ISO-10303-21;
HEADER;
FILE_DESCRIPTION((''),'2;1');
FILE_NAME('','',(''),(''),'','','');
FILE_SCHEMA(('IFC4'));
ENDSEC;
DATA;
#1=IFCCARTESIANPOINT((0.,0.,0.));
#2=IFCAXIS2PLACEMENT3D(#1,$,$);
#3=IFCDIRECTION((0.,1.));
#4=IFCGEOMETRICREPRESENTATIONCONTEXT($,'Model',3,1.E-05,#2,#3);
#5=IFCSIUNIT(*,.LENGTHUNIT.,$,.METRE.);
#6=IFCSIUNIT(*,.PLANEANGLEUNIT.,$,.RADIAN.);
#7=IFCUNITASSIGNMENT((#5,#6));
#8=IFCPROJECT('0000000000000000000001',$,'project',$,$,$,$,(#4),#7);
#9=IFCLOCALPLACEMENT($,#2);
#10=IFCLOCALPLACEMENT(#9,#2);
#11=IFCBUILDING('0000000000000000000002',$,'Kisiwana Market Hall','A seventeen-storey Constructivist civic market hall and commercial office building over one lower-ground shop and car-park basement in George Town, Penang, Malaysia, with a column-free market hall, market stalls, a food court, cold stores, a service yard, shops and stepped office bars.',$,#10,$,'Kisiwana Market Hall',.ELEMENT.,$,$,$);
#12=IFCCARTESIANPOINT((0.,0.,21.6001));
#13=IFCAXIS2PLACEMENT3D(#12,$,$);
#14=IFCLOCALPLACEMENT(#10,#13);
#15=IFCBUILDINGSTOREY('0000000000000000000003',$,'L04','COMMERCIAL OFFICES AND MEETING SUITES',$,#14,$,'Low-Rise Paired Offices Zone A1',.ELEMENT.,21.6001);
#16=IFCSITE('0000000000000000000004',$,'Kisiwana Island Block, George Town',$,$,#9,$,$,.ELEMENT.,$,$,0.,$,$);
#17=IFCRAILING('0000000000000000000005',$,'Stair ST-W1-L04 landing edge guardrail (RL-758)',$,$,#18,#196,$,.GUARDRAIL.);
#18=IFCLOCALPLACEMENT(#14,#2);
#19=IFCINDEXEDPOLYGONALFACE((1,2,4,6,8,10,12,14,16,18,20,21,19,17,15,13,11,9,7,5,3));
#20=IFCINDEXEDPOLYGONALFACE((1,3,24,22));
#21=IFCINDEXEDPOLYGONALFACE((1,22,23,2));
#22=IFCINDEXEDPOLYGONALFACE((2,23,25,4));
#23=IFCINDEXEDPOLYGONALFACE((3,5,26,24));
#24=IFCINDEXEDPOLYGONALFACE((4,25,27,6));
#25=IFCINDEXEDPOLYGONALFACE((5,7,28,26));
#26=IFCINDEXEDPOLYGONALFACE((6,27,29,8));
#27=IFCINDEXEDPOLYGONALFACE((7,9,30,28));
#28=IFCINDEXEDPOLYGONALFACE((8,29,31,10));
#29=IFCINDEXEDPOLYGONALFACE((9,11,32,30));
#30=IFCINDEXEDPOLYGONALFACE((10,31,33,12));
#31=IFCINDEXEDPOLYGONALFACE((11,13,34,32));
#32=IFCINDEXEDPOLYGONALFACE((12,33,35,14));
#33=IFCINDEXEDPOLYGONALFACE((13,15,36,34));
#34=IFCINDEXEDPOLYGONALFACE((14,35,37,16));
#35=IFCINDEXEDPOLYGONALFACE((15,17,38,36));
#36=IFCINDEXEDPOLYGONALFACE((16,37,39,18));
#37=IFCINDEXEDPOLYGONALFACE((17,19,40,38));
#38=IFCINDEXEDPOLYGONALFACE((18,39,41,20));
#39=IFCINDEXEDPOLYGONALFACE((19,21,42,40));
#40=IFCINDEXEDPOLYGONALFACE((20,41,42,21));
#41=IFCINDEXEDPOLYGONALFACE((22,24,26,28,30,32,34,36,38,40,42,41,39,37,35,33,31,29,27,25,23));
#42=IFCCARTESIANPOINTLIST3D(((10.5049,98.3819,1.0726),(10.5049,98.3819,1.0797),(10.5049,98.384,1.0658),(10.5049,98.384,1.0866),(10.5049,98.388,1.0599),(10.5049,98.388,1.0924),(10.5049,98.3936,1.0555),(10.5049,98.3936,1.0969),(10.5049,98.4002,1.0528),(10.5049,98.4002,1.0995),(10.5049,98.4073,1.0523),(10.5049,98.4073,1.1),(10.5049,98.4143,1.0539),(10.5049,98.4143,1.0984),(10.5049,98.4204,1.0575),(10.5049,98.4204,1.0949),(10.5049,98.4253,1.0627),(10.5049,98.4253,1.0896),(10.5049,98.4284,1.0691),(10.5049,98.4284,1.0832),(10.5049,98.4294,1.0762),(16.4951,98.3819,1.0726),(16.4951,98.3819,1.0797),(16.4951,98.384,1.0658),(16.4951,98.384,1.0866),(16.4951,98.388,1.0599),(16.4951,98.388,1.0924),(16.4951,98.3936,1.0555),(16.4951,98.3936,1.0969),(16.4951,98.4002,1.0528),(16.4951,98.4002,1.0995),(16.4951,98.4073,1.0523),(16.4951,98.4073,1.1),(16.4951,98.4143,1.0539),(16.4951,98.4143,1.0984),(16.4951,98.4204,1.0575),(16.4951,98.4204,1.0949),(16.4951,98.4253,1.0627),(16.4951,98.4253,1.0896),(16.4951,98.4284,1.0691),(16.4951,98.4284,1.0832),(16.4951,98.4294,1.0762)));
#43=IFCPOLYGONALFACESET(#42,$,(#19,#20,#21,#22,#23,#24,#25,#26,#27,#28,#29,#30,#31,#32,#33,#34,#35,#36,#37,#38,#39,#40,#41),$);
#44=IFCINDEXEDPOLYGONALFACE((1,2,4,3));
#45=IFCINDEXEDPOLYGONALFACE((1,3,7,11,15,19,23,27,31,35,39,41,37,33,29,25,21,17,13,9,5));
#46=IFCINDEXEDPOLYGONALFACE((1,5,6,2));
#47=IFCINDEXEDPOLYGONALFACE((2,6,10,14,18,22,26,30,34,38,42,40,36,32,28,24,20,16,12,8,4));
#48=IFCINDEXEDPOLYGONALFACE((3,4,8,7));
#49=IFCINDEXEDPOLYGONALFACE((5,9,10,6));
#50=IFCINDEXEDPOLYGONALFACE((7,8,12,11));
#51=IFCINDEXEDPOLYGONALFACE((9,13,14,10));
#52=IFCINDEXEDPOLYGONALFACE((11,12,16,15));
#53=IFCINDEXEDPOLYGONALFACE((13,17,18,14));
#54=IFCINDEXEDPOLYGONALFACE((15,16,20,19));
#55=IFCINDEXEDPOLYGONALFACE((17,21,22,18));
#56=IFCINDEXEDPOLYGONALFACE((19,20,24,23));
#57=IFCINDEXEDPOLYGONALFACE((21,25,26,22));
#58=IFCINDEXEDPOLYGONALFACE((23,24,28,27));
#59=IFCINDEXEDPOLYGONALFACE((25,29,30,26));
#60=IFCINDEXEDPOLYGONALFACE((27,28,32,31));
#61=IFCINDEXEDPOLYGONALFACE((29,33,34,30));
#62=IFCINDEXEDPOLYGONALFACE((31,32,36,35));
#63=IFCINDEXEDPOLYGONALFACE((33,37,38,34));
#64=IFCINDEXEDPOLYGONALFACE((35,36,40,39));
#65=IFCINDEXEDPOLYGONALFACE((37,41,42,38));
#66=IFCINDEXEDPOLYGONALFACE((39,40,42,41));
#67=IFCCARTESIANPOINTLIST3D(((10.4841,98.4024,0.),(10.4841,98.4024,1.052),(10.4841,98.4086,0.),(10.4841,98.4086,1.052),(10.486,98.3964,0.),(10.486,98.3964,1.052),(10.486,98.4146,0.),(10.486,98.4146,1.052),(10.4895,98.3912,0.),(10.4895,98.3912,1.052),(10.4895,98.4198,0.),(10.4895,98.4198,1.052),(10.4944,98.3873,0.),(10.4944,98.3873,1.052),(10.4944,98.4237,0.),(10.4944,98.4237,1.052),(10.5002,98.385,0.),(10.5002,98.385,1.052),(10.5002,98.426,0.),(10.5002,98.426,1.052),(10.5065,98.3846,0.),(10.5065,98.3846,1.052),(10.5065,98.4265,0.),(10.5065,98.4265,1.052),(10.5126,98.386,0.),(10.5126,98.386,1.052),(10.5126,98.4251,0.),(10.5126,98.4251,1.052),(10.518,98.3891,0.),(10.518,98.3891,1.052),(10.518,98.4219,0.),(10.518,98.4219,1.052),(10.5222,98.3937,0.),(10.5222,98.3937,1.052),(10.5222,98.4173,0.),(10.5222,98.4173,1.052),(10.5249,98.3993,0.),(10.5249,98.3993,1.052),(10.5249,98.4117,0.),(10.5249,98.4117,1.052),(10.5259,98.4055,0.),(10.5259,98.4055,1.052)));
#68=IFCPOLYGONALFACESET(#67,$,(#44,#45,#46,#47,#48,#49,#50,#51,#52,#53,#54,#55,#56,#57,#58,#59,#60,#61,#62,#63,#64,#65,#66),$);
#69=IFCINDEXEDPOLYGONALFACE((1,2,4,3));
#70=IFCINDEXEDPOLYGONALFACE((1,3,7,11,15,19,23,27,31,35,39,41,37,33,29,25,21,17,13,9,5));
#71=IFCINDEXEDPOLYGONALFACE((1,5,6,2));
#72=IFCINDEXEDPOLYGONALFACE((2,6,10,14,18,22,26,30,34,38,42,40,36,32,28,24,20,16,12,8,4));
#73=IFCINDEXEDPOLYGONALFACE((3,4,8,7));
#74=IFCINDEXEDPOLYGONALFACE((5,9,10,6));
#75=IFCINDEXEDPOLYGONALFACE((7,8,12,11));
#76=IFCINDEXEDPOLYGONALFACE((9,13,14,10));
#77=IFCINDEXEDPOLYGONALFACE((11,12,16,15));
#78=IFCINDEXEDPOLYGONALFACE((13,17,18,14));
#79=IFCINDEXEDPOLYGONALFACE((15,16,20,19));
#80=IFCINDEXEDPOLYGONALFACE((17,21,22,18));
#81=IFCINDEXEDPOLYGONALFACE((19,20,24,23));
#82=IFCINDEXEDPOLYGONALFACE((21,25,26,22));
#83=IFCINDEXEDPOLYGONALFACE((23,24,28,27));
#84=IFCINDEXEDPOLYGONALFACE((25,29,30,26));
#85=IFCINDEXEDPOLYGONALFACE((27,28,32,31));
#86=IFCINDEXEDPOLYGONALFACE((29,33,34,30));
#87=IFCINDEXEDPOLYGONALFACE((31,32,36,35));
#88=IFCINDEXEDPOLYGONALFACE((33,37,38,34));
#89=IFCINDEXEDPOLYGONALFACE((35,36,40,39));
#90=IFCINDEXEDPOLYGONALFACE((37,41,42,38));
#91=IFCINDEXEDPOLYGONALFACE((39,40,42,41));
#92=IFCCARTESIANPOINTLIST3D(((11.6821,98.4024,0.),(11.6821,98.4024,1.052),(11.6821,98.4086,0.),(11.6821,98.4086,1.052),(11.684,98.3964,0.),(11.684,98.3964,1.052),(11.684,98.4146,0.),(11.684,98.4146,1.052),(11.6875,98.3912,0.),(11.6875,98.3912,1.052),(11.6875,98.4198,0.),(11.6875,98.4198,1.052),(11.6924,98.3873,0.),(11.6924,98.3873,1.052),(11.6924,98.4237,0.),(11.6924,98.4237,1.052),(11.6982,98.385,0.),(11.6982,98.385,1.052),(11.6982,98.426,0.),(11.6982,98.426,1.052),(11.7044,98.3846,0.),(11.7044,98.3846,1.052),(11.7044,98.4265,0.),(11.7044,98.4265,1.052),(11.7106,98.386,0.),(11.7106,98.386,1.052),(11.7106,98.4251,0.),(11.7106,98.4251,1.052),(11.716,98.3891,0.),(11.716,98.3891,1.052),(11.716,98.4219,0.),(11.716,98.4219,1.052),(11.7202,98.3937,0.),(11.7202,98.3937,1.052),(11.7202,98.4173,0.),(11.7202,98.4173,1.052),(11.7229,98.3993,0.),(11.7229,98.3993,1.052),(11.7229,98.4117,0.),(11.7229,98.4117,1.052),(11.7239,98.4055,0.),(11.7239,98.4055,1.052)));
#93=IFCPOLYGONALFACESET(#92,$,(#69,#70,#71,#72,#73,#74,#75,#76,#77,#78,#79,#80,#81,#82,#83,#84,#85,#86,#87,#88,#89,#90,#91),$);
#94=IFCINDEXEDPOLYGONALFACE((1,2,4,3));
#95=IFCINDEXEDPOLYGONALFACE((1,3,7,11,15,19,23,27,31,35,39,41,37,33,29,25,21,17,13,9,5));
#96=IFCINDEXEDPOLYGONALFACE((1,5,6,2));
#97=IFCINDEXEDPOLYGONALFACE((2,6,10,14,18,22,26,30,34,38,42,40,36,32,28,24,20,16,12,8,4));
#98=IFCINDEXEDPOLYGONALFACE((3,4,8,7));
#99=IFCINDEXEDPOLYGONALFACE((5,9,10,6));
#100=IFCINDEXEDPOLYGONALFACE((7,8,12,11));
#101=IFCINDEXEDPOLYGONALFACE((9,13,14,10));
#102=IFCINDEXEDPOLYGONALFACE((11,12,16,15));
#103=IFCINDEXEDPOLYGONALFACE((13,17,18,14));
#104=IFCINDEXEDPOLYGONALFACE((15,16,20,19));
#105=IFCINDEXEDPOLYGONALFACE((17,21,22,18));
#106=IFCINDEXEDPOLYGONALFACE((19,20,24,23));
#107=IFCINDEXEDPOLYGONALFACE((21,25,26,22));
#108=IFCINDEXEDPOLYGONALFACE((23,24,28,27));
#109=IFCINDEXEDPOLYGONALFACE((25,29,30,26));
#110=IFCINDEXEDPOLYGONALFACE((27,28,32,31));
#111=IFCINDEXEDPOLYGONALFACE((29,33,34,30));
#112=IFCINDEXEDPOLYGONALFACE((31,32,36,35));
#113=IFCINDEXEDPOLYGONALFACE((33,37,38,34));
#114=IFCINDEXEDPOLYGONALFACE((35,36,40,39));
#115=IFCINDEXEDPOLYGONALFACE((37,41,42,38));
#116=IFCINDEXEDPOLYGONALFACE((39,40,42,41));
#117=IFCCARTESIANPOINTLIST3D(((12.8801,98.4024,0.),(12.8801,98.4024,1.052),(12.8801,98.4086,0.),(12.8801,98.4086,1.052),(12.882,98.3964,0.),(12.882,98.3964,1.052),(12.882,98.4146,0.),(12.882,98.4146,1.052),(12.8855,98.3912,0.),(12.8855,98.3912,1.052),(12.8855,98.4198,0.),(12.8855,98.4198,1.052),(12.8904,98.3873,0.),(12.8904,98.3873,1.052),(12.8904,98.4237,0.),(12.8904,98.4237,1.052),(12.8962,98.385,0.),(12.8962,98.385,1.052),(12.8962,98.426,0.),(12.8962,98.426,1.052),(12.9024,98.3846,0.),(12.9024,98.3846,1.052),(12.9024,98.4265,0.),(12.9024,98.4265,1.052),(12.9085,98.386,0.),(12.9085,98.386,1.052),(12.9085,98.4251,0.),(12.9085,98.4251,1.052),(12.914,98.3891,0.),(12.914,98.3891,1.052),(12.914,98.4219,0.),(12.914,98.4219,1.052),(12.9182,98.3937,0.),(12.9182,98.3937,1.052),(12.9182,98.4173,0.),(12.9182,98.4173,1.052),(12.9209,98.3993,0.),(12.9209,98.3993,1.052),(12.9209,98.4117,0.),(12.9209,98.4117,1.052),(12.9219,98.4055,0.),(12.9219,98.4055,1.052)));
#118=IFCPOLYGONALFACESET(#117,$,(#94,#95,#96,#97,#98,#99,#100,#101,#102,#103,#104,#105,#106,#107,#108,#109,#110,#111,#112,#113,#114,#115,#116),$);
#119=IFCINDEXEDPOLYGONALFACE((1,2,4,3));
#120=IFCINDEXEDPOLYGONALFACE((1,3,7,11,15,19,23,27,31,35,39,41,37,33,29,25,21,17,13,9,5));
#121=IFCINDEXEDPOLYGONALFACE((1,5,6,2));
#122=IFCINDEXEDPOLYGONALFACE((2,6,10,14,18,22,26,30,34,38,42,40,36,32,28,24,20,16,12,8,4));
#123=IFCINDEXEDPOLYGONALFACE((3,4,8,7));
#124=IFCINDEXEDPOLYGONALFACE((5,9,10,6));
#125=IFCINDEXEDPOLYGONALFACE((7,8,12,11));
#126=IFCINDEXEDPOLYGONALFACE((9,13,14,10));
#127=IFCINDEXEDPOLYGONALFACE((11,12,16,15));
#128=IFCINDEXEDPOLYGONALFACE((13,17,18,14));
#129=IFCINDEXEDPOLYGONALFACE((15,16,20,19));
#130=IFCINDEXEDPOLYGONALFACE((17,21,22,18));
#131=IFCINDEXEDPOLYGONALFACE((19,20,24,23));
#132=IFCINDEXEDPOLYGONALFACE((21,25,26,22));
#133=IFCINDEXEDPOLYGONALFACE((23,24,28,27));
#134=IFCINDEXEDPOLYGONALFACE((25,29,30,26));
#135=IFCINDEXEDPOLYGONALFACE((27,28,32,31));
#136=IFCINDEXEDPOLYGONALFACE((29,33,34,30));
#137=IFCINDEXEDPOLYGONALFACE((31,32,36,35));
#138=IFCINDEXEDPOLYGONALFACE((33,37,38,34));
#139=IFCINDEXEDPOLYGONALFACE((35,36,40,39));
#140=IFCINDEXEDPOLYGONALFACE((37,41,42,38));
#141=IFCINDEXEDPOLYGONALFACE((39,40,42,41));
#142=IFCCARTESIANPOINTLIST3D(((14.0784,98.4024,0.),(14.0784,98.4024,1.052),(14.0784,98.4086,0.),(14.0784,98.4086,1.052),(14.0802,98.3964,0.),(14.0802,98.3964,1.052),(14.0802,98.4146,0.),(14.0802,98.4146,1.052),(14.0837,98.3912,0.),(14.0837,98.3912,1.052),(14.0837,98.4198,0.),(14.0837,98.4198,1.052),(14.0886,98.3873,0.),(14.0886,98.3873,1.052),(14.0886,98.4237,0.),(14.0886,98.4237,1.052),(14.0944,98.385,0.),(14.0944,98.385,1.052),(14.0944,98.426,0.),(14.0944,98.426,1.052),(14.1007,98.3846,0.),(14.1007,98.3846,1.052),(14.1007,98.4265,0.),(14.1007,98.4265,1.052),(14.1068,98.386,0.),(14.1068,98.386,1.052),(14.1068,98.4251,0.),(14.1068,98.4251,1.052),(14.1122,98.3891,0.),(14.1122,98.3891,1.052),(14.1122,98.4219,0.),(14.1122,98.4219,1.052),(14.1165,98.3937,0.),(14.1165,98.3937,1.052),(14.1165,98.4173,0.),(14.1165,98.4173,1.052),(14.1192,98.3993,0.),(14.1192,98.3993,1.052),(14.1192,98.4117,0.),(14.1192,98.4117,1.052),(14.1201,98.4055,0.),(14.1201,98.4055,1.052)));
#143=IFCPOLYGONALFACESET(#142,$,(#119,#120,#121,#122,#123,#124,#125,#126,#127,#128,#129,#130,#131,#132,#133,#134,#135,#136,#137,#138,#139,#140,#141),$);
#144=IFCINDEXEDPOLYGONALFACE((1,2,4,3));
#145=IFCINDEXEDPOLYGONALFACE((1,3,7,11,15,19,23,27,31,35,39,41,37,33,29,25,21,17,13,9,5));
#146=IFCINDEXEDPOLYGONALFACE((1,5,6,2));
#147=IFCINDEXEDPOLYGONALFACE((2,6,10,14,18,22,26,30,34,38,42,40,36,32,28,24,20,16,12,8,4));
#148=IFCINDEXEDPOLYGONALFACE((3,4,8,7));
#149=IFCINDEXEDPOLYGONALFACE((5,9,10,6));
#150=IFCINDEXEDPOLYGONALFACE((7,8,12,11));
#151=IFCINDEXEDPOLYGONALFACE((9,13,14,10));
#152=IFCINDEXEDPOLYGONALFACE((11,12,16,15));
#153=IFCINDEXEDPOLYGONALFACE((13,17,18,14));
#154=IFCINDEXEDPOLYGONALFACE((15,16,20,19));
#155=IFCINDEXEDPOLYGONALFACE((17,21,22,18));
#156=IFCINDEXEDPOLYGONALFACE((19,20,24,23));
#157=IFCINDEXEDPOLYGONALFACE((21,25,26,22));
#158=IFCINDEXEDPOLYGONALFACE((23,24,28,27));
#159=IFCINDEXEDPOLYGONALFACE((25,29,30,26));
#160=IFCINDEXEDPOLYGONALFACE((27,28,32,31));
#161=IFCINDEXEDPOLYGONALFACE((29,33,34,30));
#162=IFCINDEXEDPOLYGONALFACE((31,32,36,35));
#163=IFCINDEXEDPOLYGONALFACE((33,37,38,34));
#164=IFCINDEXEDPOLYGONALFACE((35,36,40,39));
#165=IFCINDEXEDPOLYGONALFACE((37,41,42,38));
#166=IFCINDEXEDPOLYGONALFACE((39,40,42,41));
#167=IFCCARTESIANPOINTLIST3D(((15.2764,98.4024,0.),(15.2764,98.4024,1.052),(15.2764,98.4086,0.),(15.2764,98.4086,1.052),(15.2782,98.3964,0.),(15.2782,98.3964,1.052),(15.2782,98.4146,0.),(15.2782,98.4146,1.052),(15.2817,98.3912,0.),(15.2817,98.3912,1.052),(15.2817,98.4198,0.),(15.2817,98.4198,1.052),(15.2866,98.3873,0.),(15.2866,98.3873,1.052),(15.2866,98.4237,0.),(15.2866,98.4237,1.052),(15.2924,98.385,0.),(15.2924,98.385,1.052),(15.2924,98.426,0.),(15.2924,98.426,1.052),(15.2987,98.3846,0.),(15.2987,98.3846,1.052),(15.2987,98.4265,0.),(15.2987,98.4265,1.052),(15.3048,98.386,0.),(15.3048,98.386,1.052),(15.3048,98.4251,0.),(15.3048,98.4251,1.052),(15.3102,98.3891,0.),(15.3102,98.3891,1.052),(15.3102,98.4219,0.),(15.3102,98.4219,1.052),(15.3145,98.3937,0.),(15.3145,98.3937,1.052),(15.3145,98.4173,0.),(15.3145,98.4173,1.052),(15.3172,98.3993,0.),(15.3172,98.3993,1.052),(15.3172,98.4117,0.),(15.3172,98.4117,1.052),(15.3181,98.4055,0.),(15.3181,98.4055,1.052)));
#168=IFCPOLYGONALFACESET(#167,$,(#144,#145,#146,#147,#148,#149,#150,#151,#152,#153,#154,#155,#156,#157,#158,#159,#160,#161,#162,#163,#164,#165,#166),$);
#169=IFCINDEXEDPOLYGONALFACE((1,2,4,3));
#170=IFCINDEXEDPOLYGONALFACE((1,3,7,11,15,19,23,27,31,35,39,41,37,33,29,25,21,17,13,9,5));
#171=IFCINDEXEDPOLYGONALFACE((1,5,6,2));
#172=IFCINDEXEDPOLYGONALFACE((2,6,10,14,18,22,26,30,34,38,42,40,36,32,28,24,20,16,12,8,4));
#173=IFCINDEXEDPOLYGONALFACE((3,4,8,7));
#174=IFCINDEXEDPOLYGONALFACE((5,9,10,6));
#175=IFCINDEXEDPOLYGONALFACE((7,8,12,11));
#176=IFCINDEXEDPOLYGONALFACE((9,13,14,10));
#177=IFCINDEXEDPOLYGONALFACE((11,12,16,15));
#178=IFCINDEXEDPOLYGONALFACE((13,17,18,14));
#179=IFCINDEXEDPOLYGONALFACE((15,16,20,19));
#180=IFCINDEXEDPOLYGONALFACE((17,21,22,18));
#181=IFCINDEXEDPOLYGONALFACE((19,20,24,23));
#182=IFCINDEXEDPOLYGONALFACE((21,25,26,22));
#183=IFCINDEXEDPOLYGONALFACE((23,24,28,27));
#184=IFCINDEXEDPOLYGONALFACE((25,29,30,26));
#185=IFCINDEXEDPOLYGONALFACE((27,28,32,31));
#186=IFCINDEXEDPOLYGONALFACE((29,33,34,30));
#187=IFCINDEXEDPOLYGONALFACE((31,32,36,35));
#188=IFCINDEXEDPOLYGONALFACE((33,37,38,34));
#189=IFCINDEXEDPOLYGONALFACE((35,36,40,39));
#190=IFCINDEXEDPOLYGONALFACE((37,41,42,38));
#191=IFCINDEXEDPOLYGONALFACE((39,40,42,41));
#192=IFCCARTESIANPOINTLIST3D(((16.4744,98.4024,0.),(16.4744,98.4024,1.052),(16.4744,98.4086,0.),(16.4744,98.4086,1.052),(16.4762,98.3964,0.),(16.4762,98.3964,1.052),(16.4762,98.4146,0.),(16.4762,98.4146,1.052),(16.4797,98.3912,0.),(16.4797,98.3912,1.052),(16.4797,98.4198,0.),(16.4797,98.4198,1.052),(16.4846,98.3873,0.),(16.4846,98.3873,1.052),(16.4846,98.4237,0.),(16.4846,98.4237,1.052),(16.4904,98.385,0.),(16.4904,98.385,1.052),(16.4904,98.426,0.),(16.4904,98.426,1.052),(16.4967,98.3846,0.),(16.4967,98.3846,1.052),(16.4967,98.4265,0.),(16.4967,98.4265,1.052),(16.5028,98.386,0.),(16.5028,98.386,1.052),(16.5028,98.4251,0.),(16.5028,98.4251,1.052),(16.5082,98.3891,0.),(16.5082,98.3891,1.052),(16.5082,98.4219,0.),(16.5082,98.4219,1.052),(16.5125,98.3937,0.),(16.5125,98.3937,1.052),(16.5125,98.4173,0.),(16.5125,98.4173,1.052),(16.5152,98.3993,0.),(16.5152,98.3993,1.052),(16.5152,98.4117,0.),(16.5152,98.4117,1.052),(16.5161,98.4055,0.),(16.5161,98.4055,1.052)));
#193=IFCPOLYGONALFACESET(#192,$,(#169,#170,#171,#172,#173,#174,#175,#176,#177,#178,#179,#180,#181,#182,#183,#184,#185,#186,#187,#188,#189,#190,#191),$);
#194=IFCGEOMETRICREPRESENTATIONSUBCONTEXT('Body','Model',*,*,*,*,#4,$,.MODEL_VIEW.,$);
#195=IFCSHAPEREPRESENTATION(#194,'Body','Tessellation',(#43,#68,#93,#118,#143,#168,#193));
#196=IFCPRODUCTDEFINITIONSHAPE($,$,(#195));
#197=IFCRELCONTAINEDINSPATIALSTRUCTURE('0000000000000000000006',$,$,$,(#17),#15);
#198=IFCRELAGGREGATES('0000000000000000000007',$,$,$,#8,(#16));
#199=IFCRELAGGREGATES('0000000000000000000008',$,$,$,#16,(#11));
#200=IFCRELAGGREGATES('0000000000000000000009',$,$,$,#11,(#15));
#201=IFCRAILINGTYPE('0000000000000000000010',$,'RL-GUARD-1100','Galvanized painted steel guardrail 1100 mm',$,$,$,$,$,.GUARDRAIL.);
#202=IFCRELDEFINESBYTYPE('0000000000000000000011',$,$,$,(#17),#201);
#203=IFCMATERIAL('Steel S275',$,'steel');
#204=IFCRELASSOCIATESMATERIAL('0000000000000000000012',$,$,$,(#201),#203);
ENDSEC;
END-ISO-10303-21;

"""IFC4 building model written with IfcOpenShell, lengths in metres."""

from ifc_helpers import new_model, si_unit, direction, frame, origin, origin_2d, place, context, subcontext, project, spatial, circle, extrude, material, type_object, element, save


model = new_model("IFC4")

# Units and contexts
model_context = context("Model", 3, precision=1e-05, world=origin(), true_north=direction((0.0, 1.0)))
body_context = subcontext(model_context, "Body", "Model", "MODEL_VIEW")
ifc_project = project(units=[si_unit("LENGTHUNIT", "METRE"), si_unit("PLANEANGLEUNIT", "RADIAN")], contexts=[model_context])

# Site, building, storey
site_placement = place(None, origin())
site = spatial("IfcSite", under=ifc_project, at=site_placement, Name="Kisiwana Island Block, George Town", CompositionType="ELEMENT", RefElevation=0.0)
building_placement = place(site_placement, origin())
building = spatial("IfcBuilding", under=site, at=building_placement, Name="Kisiwana Market Hall", Description="A seventeen-storey Constructivist civic market hall and commercial office building over one lower-ground shop and car-park basement in George Town, Penang, Malaysia, with a column-free market hall, market stalls, a food court, cold stores, a service yard, shops and stepped office bars.", LongName="Kisiwana Market Hall", CompositionType="ELEMENT")
storey_placement = place(building_placement, frame((0.0, 0.0, 21.6001)))
storey = spatial("IfcBuildingStorey", under=building, at=storey_placement, Name="L04", Description="COMMERCIAL OFFICES AND MEETING SUITES", LongName="Low-Rise Paired Offices Zone A1", CompositionType="ELEMENT", Elevation=21.6001)

# Railing
ifc_material_1 = material(Name="Steel S275", Category="steel")
railing_type_1 = type_object("IfcRailingType", Name="RL-GUARD-1100", Description="Galvanized painted steel guardrail 1100 mm", PredefinedType="GUARDRAIL", material=ifc_material_1)
railing_1_placement = place(storey_placement, frame((10.5049, 98.4055, 0.0)))
element("IfcRailing", 1, at=railing_1_placement, inside=storey, type_object=railing_type_1, Name="Stair ST-W1-L04 landing edge guardrail (RL-758)", PredefinedType="GUARDRAIL", context=body_context, shape_type="SweptSolid", body=[
    extrude(circle(Radius=0.0239, at=origin_2d()), frame((0.0, 0.0, 1.0762), z_axis=(1.0, 0.0, 0.0), x_axis=(0.0, 1.0, 0.0)), (0.0, 0.0, 1.0), 5.9902),
    extrude(circle(Radius=0.021, at=origin_2d()), origin(), (0.0, 0.0, 1.0), 1.052),
    extrude(circle(Radius=0.021, at=origin_2d()), frame((1.198, 0.0, 0.0)), (0.0, 0.0, 1.0), 1.052),
    extrude(circle(Radius=0.021, at=origin_2d()), frame((2.396, 0.0, 0.0)), (0.0, 0.0, 1.0), 1.052),
    extrude(circle(Radius=0.021, at=origin_2d()), frame((3.5942, 0.0, 0.0)), (0.0, 0.0, 1.0), 1.052),
    extrude(circle(Radius=0.021, at=origin_2d()), frame((4.7922, 0.0, 0.0)), (0.0, 0.0, 1.0), 1.052),
    extrude(circle(Radius=0.021, at=origin_2d()), frame((5.9902, 0.0, 0.0)), (0.0, 0.0, 1.0), 1.052),
])

save(model, "model.ifc")
